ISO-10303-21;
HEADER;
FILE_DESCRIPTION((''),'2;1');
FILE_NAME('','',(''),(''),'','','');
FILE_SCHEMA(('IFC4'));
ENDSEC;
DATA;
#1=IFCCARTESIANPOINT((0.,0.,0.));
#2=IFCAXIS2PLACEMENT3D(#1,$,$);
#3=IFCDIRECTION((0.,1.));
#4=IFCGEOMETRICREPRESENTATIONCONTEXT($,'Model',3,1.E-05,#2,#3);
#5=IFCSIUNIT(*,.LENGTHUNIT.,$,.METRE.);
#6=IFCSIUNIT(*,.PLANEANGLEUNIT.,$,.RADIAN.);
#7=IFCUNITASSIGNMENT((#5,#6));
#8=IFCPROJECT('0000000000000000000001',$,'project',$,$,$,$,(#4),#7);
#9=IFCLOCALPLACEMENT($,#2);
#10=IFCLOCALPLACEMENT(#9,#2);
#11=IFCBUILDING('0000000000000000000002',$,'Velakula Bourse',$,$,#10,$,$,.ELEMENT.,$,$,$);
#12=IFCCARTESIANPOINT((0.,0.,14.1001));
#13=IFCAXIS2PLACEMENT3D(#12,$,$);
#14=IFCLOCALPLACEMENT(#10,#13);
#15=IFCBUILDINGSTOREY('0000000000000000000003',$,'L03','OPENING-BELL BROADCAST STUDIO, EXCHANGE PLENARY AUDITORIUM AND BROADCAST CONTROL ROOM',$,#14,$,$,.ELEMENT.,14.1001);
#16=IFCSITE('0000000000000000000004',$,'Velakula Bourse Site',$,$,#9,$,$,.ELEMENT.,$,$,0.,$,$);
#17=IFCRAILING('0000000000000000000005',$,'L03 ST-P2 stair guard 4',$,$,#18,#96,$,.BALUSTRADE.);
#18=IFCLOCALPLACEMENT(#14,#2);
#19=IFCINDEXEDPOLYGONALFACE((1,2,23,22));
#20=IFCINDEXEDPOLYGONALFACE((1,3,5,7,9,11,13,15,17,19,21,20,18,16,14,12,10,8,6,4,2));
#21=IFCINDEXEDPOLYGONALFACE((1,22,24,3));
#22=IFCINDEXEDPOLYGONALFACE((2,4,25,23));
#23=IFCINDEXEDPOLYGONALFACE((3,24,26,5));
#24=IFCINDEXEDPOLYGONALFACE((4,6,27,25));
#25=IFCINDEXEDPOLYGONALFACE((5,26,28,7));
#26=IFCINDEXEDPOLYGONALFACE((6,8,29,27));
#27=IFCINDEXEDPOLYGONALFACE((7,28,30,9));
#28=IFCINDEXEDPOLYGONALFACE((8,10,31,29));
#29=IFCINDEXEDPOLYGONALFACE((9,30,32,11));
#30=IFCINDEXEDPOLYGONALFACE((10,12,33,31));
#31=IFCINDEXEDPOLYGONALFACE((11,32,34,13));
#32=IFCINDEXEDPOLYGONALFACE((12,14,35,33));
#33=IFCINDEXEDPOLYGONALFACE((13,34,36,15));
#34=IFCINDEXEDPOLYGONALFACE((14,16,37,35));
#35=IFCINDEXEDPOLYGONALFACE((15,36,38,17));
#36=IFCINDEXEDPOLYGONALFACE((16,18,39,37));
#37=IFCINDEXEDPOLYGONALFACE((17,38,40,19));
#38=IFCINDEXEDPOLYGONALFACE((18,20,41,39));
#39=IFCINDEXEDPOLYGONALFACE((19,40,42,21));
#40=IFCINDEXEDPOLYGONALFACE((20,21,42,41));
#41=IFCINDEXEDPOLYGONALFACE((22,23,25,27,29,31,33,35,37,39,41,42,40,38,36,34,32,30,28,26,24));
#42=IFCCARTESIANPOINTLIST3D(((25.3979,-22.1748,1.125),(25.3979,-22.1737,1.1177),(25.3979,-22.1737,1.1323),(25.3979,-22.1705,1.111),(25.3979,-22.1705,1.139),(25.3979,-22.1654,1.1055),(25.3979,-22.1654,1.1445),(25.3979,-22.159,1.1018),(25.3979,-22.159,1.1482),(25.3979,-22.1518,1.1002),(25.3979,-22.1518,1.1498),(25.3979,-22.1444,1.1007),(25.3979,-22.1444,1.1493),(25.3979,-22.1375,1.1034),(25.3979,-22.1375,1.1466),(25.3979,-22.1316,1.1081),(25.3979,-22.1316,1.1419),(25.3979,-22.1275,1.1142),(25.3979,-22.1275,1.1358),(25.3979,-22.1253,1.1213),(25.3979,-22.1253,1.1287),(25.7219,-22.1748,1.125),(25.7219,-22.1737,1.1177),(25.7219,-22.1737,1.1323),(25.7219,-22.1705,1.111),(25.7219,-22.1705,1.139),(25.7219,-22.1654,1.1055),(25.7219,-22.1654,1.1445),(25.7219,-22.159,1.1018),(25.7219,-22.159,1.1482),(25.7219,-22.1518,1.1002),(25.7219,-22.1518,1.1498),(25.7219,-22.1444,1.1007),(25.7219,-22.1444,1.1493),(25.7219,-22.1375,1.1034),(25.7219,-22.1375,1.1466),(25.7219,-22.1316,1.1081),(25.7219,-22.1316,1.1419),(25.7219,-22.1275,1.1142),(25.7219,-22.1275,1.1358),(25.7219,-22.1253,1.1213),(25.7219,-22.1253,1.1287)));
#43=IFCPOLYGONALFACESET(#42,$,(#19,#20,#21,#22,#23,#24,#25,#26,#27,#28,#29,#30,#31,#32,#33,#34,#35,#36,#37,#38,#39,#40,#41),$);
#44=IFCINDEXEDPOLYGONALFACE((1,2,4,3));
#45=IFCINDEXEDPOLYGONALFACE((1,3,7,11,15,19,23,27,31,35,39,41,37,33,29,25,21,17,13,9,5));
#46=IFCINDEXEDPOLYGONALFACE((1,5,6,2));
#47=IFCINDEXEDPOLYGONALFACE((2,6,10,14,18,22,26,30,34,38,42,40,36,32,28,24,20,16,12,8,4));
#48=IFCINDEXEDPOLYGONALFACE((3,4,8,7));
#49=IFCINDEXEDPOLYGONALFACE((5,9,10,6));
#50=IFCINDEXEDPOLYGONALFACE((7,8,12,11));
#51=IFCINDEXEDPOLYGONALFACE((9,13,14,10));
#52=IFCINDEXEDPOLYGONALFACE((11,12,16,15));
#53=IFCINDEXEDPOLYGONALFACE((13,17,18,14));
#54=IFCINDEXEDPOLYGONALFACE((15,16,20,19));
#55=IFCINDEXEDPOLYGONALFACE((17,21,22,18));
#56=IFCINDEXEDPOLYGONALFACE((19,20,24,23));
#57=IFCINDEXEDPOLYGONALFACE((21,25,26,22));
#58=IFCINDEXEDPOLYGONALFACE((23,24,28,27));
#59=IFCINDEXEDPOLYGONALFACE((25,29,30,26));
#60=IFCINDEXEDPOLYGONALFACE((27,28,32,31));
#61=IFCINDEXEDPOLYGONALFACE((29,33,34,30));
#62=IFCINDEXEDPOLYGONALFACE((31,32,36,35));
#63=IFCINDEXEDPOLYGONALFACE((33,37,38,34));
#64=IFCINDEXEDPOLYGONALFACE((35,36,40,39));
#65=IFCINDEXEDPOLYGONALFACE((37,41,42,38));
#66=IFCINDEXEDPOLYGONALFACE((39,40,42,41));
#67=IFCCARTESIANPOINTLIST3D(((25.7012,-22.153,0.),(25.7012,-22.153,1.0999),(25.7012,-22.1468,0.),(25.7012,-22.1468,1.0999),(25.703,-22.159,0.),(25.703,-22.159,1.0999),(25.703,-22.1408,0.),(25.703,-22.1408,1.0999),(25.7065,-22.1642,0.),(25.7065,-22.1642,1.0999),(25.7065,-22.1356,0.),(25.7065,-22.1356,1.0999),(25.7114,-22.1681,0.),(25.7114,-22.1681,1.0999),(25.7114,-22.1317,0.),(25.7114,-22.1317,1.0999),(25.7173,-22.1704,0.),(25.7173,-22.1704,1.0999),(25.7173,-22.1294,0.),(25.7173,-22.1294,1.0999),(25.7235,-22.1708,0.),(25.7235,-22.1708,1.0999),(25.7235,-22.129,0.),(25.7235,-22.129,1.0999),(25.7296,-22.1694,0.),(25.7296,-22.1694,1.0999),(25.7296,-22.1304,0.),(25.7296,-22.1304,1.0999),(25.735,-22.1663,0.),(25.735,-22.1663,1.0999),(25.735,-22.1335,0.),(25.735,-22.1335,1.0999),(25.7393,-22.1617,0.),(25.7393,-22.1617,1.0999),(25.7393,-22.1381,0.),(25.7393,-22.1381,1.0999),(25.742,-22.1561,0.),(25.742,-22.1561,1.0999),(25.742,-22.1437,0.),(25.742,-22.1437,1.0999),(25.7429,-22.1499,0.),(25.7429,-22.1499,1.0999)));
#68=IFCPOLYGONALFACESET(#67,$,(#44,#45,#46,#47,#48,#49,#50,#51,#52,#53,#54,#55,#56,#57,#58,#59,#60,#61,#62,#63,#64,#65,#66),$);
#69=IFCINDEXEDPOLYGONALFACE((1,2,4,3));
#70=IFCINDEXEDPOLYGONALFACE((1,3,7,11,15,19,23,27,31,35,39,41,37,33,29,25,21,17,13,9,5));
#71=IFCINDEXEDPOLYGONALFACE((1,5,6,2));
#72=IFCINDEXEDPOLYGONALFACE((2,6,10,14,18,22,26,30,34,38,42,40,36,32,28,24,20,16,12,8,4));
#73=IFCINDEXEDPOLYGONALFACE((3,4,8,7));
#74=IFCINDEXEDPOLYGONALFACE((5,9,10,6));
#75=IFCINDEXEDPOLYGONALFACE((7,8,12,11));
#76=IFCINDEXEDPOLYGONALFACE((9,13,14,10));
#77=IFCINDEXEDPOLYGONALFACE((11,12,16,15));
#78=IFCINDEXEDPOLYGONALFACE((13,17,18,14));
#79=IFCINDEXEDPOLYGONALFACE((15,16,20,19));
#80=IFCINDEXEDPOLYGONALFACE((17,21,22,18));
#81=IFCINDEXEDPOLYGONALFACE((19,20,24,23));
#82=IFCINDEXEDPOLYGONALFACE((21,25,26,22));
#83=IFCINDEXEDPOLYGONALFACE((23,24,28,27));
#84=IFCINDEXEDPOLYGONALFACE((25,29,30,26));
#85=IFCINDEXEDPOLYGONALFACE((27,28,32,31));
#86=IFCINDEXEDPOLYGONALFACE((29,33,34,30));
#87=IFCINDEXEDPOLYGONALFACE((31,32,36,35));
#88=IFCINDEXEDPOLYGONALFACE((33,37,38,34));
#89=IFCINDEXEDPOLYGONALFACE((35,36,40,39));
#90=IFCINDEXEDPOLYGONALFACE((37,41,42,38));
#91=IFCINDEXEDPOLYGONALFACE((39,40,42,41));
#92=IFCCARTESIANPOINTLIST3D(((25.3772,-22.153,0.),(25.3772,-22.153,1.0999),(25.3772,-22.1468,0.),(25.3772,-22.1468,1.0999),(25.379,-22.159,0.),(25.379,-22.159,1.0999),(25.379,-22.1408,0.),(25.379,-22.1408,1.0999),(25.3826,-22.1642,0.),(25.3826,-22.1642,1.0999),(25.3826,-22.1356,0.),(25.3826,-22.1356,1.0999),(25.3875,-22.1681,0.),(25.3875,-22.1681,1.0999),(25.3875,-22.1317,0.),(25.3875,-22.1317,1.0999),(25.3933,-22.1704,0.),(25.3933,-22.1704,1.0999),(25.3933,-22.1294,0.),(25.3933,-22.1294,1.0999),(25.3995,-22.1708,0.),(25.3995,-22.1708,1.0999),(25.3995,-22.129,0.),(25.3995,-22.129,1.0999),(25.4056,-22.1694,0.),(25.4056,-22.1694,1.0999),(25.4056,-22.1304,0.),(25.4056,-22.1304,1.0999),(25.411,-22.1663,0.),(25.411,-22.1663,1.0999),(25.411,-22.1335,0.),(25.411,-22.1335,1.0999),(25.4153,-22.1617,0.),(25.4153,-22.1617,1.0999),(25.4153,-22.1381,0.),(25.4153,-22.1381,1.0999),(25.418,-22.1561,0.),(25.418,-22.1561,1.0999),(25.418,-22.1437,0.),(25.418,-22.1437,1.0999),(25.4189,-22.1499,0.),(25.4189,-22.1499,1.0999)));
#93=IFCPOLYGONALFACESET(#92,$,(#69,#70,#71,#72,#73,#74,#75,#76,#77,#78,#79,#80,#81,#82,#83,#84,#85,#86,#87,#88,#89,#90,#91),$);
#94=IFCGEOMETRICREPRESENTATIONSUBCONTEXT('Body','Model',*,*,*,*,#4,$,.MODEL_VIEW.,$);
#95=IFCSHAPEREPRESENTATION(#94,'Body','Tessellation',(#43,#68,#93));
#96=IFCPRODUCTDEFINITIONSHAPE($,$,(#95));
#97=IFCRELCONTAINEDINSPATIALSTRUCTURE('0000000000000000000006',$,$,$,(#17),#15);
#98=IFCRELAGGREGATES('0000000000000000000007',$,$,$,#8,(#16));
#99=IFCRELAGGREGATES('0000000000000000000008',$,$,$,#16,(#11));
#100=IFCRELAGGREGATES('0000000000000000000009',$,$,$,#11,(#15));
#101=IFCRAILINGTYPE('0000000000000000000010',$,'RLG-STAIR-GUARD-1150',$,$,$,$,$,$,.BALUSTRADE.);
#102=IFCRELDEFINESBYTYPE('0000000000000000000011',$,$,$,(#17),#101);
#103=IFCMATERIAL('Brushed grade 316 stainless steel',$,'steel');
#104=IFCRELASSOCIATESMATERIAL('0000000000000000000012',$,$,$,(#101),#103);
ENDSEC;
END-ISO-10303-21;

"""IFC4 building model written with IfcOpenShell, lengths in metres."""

from ifc_helpers import new_model, si_unit, direction, frame, origin, origin_2d, place, context, subcontext, project, spatial, circle, extrude, material, type_object, element, save


model = new_model("IFC4")

# Units and contexts
model_context = context("Model", 3, precision=1e-05, world=origin(), true_north=direction((0.0, 1.0)))
body_context = subcontext(model_context, "Body", "Model", "MODEL_VIEW")
ifc_project = project(units=[si_unit("LENGTHUNIT", "METRE"), si_unit("PLANEANGLEUNIT", "RADIAN")], contexts=[model_context])

# Site, building, storey
site_placement = place(None, origin())
site = spatial("IfcSite", under=ifc_project, at=site_placement, Name="Velakula Bourse Site", CompositionType="ELEMENT", RefElevation=0.0)
building_placement = place(site_placement, origin())
building = spatial("IfcBuilding", under=site, at=building_placement, Name="Velakula Bourse", CompositionType="ELEMENT")
storey_placement = place(building_placement, frame((0.0, 0.0, 14.1001)))
storey = spatial("IfcBuildingStorey", under=building, at=storey_placement, Name="L03", Description="OPENING-BELL BROADCAST STUDIO, EXCHANGE PLENARY AUDITORIUM AND BROADCAST CONTROL ROOM", CompositionType="ELEMENT", Elevation=14.1001)

# Railing
ifc_material_1 = material(Name="Brushed grade 316 stainless steel", Category="steel")
railing_type_1 = type_object("IfcRailingType", Name="RLG-STAIR-GUARD-1150", PredefinedType="BALUSTRADE", material=ifc_material_1)
railing_1_placement = place(storey_placement, frame((25.7219, -22.1499, 0.0)))
element("IfcRailing", 1, at=railing_1_placement, inside=storey, type_object=railing_type_1, Name="L03 ST-P2 stair guard 4", PredefinedType="BALUSTRADE", context=body_context, shape_type="SweptSolid", body=[
    extrude(circle(Radius=0.0249, at=origin_2d()), frame((0.0, 0.0, 1.125), z_axis=(-1.0, 0.0, 0.0), x_axis=(0.0, -1.0, 0.0)), (0.0, 0.0, 1.0), 0.324),
    extrude(circle(Radius=0.021, at=origin_2d()), origin(), (0.0, 0.0, 1.0), 1.0999),
    extrude(circle(Radius=0.021, at=origin_2d()), frame((-0.324, 0.0, 0.0)), (0.0, 0.0, 1.0), 1.0999),
])

save(model, "model.ifc")
